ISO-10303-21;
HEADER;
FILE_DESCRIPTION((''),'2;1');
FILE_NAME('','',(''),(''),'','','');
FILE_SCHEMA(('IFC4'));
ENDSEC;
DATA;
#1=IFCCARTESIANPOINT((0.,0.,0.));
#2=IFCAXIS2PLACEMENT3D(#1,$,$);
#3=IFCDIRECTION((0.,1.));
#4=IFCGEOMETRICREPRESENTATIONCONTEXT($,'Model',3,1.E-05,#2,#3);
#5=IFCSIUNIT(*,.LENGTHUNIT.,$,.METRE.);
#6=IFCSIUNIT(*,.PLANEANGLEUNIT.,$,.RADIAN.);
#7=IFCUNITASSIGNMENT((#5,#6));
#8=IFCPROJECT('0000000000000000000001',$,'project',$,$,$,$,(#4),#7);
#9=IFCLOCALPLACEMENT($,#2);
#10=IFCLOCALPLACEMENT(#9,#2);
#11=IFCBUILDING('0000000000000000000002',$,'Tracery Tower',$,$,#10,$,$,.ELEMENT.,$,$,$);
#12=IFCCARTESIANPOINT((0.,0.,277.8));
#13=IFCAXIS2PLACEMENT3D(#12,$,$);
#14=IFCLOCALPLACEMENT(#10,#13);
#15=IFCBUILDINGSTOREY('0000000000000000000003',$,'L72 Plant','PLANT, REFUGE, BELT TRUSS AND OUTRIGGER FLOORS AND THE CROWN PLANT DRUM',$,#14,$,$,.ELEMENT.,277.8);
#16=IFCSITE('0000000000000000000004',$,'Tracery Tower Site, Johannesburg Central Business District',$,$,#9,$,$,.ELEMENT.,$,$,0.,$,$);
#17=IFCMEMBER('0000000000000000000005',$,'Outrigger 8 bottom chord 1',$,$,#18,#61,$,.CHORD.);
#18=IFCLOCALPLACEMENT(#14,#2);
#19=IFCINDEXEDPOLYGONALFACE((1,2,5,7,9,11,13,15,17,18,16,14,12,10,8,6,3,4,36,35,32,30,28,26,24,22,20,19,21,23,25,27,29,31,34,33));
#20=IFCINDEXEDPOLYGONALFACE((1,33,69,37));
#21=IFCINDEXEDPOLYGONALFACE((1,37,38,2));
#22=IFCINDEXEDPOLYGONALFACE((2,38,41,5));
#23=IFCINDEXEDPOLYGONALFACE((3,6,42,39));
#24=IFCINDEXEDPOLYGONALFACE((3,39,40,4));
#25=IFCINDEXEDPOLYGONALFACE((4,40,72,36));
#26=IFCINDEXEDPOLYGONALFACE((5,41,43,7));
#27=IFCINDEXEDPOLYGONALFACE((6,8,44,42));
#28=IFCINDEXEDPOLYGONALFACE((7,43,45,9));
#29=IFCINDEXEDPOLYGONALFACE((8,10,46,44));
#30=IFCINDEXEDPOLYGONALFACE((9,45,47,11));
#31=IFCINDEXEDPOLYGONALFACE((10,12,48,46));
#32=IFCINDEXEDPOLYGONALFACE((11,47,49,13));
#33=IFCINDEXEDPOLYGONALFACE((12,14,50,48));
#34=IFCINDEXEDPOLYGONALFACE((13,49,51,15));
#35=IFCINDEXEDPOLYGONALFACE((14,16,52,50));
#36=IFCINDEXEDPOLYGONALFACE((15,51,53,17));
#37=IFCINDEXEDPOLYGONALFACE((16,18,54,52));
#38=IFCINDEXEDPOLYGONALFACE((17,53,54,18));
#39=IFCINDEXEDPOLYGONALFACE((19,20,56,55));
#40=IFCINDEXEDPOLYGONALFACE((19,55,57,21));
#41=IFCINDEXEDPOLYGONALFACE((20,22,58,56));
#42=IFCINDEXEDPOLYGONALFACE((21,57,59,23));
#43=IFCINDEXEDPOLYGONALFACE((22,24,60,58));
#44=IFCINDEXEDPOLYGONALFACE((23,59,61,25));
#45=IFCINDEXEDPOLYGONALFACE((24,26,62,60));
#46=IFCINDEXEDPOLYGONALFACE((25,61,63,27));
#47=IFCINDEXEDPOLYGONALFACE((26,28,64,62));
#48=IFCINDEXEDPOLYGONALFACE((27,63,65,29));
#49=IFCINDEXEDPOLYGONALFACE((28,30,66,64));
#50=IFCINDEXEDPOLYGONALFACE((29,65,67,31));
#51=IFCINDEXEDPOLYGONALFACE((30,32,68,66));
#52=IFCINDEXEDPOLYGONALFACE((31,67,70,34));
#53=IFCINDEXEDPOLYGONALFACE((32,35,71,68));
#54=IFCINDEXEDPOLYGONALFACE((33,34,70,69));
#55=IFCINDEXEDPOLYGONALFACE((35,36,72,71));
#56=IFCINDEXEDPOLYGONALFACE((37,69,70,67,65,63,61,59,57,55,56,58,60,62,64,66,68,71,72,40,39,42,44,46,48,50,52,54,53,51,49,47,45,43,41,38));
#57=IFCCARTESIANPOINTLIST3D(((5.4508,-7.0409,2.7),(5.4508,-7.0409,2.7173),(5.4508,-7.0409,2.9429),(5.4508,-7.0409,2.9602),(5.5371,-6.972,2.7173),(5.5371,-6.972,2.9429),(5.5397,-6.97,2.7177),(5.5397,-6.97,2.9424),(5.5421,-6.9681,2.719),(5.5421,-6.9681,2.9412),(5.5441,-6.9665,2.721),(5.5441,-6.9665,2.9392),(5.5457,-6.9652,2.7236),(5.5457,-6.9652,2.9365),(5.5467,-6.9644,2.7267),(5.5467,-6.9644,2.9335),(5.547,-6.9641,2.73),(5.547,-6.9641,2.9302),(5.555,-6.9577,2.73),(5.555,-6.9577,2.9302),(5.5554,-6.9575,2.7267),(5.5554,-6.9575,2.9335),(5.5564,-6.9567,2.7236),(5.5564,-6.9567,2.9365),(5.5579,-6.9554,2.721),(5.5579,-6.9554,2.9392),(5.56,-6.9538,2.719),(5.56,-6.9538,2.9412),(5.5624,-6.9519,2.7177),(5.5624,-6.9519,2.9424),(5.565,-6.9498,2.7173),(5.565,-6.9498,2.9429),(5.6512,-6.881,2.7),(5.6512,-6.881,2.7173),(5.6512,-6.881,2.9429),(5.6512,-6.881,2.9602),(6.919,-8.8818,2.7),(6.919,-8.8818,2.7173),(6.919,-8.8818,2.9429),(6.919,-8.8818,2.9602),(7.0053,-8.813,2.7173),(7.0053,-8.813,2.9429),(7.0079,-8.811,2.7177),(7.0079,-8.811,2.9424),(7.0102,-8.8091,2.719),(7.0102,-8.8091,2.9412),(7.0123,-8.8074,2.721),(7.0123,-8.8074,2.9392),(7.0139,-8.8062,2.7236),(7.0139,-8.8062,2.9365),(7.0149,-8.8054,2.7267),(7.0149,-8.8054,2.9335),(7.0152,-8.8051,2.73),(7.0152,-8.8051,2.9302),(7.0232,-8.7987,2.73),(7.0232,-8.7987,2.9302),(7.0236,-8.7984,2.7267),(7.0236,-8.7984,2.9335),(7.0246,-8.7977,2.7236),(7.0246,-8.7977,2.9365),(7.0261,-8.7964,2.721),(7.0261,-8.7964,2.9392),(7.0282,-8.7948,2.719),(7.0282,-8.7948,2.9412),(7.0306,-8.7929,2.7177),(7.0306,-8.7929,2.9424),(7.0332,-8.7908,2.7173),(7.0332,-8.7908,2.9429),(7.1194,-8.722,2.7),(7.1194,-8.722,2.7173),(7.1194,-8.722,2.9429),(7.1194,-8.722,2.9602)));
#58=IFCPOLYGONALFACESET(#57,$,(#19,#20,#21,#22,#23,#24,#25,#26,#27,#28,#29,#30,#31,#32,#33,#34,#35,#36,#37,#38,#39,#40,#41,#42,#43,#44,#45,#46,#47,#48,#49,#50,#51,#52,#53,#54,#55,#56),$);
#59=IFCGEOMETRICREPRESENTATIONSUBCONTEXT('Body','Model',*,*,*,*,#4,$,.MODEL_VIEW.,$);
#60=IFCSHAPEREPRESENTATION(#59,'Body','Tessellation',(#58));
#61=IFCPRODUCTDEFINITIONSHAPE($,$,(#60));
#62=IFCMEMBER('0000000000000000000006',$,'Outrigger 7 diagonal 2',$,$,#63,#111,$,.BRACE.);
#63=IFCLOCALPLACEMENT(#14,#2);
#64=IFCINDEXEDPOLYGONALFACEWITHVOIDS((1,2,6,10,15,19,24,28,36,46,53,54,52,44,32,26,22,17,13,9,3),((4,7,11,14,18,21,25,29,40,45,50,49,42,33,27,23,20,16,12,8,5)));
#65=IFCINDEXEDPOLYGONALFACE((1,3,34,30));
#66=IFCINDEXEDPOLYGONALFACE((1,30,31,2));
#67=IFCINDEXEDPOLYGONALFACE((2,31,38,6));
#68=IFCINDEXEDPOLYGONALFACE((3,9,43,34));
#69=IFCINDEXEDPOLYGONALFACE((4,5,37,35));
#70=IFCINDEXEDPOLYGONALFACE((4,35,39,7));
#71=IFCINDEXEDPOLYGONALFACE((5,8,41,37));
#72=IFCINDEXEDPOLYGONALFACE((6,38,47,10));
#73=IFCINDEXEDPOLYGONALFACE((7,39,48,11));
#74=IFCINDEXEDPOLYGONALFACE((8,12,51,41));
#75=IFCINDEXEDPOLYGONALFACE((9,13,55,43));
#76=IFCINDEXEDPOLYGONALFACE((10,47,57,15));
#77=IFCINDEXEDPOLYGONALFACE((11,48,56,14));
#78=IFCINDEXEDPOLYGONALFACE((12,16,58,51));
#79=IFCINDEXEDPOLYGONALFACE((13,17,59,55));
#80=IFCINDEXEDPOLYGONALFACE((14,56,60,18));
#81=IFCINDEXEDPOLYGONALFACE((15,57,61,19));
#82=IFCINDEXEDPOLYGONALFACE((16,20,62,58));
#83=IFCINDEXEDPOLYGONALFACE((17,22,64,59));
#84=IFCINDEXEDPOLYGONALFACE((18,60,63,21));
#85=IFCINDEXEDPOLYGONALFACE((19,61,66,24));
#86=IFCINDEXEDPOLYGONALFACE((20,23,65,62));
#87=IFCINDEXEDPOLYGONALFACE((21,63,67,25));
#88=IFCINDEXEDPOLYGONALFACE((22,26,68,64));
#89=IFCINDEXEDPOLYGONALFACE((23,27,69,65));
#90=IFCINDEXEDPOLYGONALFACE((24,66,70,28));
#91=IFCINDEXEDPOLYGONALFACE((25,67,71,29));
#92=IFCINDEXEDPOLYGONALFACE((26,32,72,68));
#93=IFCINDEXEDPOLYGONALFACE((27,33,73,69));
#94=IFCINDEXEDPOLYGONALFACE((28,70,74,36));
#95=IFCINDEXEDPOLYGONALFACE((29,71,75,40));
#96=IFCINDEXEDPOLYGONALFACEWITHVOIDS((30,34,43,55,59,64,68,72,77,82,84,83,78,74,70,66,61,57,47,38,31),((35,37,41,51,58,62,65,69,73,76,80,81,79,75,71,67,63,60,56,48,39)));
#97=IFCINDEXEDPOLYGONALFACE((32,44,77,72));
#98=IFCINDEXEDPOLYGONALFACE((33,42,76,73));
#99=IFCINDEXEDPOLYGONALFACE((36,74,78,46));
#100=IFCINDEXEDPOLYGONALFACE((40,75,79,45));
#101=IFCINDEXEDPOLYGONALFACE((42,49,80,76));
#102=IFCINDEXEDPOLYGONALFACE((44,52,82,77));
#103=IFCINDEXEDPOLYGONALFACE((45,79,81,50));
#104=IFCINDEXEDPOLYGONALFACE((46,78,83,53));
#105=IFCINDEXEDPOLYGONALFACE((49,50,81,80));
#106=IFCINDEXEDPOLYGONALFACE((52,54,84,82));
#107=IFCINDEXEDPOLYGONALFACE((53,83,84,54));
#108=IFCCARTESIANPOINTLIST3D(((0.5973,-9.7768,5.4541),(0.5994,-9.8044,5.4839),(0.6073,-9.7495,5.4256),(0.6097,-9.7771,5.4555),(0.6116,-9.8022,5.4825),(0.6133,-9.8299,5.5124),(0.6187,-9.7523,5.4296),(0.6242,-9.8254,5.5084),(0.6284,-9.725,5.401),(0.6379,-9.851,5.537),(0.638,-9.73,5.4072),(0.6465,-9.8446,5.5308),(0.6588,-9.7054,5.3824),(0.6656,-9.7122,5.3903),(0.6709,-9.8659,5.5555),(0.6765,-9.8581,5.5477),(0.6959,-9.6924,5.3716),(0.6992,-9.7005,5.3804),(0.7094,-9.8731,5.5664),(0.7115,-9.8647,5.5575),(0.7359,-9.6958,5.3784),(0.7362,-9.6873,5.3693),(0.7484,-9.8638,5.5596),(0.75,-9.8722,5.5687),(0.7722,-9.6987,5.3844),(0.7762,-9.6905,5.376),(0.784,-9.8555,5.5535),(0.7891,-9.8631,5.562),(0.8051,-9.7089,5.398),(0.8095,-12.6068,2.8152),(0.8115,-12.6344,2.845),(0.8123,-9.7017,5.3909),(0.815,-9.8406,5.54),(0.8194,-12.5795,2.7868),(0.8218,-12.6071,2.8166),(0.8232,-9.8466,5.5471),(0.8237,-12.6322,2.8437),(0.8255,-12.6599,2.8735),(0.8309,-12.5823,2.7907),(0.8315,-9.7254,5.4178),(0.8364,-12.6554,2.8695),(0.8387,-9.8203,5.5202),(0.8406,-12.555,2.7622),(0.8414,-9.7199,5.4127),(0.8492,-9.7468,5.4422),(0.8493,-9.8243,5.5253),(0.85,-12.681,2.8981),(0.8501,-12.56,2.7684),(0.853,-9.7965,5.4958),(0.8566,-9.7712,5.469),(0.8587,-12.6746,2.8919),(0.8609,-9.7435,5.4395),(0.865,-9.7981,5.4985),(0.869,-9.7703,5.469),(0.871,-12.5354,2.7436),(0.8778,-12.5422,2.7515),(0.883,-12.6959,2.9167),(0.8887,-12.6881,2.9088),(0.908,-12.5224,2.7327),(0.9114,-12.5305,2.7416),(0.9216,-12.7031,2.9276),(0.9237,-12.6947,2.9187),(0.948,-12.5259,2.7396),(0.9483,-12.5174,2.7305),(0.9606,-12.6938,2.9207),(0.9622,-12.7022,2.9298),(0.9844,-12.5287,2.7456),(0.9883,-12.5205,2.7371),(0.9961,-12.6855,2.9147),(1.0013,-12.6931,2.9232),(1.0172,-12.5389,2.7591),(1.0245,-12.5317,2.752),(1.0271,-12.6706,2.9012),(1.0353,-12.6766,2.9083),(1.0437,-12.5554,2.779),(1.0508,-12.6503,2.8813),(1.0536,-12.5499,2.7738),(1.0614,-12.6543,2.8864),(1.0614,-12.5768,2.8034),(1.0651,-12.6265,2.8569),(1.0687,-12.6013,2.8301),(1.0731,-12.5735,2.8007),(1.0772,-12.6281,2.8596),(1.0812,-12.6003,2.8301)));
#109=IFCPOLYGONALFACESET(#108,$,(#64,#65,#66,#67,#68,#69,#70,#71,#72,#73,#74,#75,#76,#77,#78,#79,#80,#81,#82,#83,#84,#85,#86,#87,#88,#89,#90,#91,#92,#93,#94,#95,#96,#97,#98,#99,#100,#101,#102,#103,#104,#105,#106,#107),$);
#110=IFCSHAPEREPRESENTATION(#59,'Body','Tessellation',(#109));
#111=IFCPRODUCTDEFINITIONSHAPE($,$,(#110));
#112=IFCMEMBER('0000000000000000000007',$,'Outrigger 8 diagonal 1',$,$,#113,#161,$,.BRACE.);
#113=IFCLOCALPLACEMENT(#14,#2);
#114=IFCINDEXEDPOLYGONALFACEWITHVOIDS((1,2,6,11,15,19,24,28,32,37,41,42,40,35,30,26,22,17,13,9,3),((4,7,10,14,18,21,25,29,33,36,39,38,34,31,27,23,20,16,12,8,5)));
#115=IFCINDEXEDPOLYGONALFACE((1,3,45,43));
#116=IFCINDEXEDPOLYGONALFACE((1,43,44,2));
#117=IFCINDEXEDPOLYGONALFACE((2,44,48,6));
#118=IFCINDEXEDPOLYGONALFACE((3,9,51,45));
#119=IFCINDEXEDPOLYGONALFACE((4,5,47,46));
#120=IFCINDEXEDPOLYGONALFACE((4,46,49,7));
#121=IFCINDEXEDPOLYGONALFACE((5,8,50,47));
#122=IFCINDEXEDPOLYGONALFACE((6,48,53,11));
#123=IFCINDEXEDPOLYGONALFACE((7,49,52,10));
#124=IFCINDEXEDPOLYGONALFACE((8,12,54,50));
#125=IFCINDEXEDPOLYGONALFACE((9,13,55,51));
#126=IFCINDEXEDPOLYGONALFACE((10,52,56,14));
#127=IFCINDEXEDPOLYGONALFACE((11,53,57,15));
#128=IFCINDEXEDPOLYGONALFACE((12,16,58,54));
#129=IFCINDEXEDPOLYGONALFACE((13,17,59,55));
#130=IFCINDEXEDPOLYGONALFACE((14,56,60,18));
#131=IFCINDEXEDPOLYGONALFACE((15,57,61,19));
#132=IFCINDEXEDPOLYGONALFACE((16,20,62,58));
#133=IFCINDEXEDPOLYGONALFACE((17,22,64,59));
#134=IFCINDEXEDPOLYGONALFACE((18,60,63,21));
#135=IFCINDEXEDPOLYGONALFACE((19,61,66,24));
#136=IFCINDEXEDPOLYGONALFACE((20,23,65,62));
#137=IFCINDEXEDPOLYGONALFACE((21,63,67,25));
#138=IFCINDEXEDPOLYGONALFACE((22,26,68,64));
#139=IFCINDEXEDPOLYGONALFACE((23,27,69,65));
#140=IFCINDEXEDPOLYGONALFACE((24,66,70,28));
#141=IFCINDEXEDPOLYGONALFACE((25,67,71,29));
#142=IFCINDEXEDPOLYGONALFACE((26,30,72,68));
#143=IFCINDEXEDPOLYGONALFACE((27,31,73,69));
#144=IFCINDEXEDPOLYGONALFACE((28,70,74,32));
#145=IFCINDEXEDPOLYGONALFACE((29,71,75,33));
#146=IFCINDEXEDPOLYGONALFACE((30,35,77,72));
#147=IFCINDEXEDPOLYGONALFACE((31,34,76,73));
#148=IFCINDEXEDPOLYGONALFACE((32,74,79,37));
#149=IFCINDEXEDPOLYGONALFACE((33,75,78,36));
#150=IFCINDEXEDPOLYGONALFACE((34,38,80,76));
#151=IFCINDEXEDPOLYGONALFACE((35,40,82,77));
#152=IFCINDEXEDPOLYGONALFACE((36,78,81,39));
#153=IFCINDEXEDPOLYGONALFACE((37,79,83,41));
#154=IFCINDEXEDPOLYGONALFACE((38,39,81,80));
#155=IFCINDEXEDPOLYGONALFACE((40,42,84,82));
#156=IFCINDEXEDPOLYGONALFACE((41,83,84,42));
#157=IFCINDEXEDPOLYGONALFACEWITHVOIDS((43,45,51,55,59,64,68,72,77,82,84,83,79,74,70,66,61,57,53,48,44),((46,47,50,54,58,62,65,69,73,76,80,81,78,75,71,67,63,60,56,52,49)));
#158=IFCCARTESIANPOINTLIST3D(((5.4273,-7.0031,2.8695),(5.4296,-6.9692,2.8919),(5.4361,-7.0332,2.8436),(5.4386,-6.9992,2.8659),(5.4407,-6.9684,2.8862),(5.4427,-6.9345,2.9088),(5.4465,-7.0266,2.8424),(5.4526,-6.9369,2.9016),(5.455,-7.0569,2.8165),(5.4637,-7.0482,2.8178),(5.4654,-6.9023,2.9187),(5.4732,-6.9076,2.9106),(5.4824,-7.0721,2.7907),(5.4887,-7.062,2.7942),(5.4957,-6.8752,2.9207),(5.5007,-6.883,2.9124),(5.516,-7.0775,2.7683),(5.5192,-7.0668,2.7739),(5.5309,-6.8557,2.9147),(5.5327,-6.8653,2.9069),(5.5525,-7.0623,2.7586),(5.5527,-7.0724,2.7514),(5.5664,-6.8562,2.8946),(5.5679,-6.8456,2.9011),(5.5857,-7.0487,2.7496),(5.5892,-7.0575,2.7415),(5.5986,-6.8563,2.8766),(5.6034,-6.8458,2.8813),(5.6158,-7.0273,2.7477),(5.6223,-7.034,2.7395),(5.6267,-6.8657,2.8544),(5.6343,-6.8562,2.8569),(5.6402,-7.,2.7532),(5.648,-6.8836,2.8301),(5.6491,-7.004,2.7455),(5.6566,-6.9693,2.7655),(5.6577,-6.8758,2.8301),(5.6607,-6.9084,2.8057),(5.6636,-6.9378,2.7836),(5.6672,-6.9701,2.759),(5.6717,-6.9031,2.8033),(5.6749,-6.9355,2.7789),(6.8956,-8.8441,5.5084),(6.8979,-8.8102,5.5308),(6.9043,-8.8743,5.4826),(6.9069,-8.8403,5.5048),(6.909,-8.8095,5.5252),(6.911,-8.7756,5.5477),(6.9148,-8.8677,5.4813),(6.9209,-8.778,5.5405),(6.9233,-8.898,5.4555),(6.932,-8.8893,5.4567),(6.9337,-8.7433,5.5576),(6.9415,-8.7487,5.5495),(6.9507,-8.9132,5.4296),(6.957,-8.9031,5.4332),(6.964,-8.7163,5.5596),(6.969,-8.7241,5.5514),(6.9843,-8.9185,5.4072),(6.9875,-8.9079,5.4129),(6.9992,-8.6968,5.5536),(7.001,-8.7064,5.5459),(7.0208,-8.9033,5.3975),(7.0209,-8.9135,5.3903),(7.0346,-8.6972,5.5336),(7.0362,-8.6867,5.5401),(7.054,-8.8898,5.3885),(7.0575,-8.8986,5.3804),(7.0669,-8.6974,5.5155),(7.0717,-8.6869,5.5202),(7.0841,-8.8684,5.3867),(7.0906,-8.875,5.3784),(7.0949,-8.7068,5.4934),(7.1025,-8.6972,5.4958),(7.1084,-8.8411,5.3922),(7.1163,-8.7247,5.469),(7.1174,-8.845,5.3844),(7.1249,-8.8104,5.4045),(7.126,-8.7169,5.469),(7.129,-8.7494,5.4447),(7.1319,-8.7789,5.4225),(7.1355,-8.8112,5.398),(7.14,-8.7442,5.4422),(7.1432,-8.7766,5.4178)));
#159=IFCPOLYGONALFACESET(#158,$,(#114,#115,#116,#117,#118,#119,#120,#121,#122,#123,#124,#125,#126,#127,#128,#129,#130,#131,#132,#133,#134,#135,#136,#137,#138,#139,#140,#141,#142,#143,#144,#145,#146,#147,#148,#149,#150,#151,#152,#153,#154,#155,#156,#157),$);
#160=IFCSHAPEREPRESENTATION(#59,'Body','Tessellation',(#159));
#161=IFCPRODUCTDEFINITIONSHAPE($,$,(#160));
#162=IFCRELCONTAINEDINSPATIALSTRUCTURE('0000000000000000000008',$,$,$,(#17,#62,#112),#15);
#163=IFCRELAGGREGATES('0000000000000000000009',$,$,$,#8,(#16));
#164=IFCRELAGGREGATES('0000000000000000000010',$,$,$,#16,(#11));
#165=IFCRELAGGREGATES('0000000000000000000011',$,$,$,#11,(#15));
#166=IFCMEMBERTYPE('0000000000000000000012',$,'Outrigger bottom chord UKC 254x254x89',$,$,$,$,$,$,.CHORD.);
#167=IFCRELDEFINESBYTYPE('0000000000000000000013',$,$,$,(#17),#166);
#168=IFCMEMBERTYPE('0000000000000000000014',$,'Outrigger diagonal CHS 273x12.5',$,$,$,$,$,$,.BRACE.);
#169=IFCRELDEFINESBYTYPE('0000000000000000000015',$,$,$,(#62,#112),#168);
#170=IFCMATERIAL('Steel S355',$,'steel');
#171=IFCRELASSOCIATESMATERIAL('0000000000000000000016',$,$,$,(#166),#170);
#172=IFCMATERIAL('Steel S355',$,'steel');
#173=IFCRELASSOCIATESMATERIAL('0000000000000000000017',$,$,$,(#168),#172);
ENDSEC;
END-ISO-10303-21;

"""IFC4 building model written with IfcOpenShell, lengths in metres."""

from ifc_helpers import new_model, si_unit, direction, frame, origin, origin_2d, place, context, subcontext, project, spatial, hollow_circle, i_section, extrude, material, material_profile, profile_set, type_object, element, save


model = new_model("IFC4")

# Units and contexts
model_context = context("Model", 3, precision=1e-05, world=origin(), true_north=direction((0.0, 1.0)))
body_context = subcontext(model_context, "Body", "Model", "MODEL_VIEW")
ifc_project = project(units=[si_unit("LENGTHUNIT", "METRE"), si_unit("PLANEANGLEUNIT", "RADIAN")], contexts=[model_context])

# Site, building, storey
site_placement = place(None, origin())
site = spatial("IfcSite", under=ifc_project, at=site_placement, Name="Tracery Tower Site, Johannesburg Central Business District", CompositionType="ELEMENT", RefElevation=0.0)
building_placement = place(site_placement, origin())
building = spatial("IfcBuilding", under=site, at=building_placement, Name="Tracery Tower", CompositionType="ELEMENT")
storey_placement = place(building_placement, frame((0.0, 0.0, 277.8)))
storey = spatial("IfcBuildingStorey", under=building, at=storey_placement, Name="L72 Plant", Description="PLANT, REFUGE, BELT TRUSS AND OUTRIGGER FLOORS AND THE CROWN PLANT DRUM", CompositionType="ELEMENT", Elevation=277.8)

# Members
ifc_material_1 = material(Name="Steel S355", Category="steel")
ifc_material_profile_1 = material_profile(ifc_material_1, i_section(OverallWidth=0.2563, OverallDepth=0.2603, WebThickness=0.0103, FlangeThickness=0.0173, FilletRadius=0.0127, at=origin_2d()), Name="UKC 254x254x89")
ifc_profile_set_1 = profile_set([ifc_material_profile_1], Name="Steel S355")
member_type_1 = type_object("IfcMemberType", Name="Outrigger bottom chord UKC 254x254x89", PredefinedType="CHORD", material=ifc_profile_set_1)
member_1_placement = place(storey_placement, frame((5.551, -6.9609, 2.8301), z_axis=(0.623506, -0.781819, 0.0), x_axis=(0.781819, 0.623506, 0.0)))
element("IfcMember", 1, at=member_1_placement, inside=storey, type_object=member_type_1, Name="Outrigger 8 bottom chord 1", PredefinedType="CHORD", context=body_context, shape_type="SweptSolid", body=[
    extrude(i_section(OverallWidth=0.2563, OverallDepth=0.2603, WebThickness=0.0103, FlangeThickness=0.0173, FilletRadius=0.0127, at=origin_2d()), origin(), (0.0, 0.0, 1.0), 2.3547),
])
ifc_material_2 = material(Name="Steel S355", Category="steel")
ifc_material_profile_2 = material_profile(ifc_material_2, hollow_circle(Radius=0.1365, WallThickness=0.0125, at=origin_2d()), Name="CHS 273x12.5")
ifc_profile_set_2 = profile_set([ifc_material_profile_2], Name="Steel S355")
member_type_2 = type_object("IfcMemberType", Name="Outrigger diagonal CHS 273x12.5", PredefinedType="BRACE", material=ifc_profile_set_2)
member_2_placement = place(storey_placement, frame((0.7329, -9.7805, 5.469), z_axis=(0.054746, -0.730279, -0.680951), x_axis=(0.997202, 0.074756, 0.0)))
element("IfcMember", 2, at=member_2_placement, inside=storey, type_object=member_type_2, Name="Outrigger 7 diagonal 2", PredefinedType="BRACE", context=body_context, shape_type="SweptSolid", body=[
    extrude(hollow_circle(Radius=0.1365, WallThickness=0.0125, at=origin_2d()), origin(), (0.0, 0.0, 1.0), 3.8752),
])
member_3_placement = place(storey_placement, frame((5.551, -6.9609, 2.8301), z_axis=(0.415135, -0.52054, 0.746124), x_axis=(0.781819, 0.623506, 0.0)))
element("IfcMember", 3, at=member_3_placement, inside=storey, type_object=member_type_2, Name="Outrigger 8 diagonal 1", PredefinedType="BRACE", context=body_context, shape_type="SweptSolid", body=[
    extrude(hollow_circle(Radius=0.1365, WallThickness=0.0125, at=origin_2d()), origin(), (0.0, 0.0, 1.0), 3.5369),
])

save(model, "model.ifc")
